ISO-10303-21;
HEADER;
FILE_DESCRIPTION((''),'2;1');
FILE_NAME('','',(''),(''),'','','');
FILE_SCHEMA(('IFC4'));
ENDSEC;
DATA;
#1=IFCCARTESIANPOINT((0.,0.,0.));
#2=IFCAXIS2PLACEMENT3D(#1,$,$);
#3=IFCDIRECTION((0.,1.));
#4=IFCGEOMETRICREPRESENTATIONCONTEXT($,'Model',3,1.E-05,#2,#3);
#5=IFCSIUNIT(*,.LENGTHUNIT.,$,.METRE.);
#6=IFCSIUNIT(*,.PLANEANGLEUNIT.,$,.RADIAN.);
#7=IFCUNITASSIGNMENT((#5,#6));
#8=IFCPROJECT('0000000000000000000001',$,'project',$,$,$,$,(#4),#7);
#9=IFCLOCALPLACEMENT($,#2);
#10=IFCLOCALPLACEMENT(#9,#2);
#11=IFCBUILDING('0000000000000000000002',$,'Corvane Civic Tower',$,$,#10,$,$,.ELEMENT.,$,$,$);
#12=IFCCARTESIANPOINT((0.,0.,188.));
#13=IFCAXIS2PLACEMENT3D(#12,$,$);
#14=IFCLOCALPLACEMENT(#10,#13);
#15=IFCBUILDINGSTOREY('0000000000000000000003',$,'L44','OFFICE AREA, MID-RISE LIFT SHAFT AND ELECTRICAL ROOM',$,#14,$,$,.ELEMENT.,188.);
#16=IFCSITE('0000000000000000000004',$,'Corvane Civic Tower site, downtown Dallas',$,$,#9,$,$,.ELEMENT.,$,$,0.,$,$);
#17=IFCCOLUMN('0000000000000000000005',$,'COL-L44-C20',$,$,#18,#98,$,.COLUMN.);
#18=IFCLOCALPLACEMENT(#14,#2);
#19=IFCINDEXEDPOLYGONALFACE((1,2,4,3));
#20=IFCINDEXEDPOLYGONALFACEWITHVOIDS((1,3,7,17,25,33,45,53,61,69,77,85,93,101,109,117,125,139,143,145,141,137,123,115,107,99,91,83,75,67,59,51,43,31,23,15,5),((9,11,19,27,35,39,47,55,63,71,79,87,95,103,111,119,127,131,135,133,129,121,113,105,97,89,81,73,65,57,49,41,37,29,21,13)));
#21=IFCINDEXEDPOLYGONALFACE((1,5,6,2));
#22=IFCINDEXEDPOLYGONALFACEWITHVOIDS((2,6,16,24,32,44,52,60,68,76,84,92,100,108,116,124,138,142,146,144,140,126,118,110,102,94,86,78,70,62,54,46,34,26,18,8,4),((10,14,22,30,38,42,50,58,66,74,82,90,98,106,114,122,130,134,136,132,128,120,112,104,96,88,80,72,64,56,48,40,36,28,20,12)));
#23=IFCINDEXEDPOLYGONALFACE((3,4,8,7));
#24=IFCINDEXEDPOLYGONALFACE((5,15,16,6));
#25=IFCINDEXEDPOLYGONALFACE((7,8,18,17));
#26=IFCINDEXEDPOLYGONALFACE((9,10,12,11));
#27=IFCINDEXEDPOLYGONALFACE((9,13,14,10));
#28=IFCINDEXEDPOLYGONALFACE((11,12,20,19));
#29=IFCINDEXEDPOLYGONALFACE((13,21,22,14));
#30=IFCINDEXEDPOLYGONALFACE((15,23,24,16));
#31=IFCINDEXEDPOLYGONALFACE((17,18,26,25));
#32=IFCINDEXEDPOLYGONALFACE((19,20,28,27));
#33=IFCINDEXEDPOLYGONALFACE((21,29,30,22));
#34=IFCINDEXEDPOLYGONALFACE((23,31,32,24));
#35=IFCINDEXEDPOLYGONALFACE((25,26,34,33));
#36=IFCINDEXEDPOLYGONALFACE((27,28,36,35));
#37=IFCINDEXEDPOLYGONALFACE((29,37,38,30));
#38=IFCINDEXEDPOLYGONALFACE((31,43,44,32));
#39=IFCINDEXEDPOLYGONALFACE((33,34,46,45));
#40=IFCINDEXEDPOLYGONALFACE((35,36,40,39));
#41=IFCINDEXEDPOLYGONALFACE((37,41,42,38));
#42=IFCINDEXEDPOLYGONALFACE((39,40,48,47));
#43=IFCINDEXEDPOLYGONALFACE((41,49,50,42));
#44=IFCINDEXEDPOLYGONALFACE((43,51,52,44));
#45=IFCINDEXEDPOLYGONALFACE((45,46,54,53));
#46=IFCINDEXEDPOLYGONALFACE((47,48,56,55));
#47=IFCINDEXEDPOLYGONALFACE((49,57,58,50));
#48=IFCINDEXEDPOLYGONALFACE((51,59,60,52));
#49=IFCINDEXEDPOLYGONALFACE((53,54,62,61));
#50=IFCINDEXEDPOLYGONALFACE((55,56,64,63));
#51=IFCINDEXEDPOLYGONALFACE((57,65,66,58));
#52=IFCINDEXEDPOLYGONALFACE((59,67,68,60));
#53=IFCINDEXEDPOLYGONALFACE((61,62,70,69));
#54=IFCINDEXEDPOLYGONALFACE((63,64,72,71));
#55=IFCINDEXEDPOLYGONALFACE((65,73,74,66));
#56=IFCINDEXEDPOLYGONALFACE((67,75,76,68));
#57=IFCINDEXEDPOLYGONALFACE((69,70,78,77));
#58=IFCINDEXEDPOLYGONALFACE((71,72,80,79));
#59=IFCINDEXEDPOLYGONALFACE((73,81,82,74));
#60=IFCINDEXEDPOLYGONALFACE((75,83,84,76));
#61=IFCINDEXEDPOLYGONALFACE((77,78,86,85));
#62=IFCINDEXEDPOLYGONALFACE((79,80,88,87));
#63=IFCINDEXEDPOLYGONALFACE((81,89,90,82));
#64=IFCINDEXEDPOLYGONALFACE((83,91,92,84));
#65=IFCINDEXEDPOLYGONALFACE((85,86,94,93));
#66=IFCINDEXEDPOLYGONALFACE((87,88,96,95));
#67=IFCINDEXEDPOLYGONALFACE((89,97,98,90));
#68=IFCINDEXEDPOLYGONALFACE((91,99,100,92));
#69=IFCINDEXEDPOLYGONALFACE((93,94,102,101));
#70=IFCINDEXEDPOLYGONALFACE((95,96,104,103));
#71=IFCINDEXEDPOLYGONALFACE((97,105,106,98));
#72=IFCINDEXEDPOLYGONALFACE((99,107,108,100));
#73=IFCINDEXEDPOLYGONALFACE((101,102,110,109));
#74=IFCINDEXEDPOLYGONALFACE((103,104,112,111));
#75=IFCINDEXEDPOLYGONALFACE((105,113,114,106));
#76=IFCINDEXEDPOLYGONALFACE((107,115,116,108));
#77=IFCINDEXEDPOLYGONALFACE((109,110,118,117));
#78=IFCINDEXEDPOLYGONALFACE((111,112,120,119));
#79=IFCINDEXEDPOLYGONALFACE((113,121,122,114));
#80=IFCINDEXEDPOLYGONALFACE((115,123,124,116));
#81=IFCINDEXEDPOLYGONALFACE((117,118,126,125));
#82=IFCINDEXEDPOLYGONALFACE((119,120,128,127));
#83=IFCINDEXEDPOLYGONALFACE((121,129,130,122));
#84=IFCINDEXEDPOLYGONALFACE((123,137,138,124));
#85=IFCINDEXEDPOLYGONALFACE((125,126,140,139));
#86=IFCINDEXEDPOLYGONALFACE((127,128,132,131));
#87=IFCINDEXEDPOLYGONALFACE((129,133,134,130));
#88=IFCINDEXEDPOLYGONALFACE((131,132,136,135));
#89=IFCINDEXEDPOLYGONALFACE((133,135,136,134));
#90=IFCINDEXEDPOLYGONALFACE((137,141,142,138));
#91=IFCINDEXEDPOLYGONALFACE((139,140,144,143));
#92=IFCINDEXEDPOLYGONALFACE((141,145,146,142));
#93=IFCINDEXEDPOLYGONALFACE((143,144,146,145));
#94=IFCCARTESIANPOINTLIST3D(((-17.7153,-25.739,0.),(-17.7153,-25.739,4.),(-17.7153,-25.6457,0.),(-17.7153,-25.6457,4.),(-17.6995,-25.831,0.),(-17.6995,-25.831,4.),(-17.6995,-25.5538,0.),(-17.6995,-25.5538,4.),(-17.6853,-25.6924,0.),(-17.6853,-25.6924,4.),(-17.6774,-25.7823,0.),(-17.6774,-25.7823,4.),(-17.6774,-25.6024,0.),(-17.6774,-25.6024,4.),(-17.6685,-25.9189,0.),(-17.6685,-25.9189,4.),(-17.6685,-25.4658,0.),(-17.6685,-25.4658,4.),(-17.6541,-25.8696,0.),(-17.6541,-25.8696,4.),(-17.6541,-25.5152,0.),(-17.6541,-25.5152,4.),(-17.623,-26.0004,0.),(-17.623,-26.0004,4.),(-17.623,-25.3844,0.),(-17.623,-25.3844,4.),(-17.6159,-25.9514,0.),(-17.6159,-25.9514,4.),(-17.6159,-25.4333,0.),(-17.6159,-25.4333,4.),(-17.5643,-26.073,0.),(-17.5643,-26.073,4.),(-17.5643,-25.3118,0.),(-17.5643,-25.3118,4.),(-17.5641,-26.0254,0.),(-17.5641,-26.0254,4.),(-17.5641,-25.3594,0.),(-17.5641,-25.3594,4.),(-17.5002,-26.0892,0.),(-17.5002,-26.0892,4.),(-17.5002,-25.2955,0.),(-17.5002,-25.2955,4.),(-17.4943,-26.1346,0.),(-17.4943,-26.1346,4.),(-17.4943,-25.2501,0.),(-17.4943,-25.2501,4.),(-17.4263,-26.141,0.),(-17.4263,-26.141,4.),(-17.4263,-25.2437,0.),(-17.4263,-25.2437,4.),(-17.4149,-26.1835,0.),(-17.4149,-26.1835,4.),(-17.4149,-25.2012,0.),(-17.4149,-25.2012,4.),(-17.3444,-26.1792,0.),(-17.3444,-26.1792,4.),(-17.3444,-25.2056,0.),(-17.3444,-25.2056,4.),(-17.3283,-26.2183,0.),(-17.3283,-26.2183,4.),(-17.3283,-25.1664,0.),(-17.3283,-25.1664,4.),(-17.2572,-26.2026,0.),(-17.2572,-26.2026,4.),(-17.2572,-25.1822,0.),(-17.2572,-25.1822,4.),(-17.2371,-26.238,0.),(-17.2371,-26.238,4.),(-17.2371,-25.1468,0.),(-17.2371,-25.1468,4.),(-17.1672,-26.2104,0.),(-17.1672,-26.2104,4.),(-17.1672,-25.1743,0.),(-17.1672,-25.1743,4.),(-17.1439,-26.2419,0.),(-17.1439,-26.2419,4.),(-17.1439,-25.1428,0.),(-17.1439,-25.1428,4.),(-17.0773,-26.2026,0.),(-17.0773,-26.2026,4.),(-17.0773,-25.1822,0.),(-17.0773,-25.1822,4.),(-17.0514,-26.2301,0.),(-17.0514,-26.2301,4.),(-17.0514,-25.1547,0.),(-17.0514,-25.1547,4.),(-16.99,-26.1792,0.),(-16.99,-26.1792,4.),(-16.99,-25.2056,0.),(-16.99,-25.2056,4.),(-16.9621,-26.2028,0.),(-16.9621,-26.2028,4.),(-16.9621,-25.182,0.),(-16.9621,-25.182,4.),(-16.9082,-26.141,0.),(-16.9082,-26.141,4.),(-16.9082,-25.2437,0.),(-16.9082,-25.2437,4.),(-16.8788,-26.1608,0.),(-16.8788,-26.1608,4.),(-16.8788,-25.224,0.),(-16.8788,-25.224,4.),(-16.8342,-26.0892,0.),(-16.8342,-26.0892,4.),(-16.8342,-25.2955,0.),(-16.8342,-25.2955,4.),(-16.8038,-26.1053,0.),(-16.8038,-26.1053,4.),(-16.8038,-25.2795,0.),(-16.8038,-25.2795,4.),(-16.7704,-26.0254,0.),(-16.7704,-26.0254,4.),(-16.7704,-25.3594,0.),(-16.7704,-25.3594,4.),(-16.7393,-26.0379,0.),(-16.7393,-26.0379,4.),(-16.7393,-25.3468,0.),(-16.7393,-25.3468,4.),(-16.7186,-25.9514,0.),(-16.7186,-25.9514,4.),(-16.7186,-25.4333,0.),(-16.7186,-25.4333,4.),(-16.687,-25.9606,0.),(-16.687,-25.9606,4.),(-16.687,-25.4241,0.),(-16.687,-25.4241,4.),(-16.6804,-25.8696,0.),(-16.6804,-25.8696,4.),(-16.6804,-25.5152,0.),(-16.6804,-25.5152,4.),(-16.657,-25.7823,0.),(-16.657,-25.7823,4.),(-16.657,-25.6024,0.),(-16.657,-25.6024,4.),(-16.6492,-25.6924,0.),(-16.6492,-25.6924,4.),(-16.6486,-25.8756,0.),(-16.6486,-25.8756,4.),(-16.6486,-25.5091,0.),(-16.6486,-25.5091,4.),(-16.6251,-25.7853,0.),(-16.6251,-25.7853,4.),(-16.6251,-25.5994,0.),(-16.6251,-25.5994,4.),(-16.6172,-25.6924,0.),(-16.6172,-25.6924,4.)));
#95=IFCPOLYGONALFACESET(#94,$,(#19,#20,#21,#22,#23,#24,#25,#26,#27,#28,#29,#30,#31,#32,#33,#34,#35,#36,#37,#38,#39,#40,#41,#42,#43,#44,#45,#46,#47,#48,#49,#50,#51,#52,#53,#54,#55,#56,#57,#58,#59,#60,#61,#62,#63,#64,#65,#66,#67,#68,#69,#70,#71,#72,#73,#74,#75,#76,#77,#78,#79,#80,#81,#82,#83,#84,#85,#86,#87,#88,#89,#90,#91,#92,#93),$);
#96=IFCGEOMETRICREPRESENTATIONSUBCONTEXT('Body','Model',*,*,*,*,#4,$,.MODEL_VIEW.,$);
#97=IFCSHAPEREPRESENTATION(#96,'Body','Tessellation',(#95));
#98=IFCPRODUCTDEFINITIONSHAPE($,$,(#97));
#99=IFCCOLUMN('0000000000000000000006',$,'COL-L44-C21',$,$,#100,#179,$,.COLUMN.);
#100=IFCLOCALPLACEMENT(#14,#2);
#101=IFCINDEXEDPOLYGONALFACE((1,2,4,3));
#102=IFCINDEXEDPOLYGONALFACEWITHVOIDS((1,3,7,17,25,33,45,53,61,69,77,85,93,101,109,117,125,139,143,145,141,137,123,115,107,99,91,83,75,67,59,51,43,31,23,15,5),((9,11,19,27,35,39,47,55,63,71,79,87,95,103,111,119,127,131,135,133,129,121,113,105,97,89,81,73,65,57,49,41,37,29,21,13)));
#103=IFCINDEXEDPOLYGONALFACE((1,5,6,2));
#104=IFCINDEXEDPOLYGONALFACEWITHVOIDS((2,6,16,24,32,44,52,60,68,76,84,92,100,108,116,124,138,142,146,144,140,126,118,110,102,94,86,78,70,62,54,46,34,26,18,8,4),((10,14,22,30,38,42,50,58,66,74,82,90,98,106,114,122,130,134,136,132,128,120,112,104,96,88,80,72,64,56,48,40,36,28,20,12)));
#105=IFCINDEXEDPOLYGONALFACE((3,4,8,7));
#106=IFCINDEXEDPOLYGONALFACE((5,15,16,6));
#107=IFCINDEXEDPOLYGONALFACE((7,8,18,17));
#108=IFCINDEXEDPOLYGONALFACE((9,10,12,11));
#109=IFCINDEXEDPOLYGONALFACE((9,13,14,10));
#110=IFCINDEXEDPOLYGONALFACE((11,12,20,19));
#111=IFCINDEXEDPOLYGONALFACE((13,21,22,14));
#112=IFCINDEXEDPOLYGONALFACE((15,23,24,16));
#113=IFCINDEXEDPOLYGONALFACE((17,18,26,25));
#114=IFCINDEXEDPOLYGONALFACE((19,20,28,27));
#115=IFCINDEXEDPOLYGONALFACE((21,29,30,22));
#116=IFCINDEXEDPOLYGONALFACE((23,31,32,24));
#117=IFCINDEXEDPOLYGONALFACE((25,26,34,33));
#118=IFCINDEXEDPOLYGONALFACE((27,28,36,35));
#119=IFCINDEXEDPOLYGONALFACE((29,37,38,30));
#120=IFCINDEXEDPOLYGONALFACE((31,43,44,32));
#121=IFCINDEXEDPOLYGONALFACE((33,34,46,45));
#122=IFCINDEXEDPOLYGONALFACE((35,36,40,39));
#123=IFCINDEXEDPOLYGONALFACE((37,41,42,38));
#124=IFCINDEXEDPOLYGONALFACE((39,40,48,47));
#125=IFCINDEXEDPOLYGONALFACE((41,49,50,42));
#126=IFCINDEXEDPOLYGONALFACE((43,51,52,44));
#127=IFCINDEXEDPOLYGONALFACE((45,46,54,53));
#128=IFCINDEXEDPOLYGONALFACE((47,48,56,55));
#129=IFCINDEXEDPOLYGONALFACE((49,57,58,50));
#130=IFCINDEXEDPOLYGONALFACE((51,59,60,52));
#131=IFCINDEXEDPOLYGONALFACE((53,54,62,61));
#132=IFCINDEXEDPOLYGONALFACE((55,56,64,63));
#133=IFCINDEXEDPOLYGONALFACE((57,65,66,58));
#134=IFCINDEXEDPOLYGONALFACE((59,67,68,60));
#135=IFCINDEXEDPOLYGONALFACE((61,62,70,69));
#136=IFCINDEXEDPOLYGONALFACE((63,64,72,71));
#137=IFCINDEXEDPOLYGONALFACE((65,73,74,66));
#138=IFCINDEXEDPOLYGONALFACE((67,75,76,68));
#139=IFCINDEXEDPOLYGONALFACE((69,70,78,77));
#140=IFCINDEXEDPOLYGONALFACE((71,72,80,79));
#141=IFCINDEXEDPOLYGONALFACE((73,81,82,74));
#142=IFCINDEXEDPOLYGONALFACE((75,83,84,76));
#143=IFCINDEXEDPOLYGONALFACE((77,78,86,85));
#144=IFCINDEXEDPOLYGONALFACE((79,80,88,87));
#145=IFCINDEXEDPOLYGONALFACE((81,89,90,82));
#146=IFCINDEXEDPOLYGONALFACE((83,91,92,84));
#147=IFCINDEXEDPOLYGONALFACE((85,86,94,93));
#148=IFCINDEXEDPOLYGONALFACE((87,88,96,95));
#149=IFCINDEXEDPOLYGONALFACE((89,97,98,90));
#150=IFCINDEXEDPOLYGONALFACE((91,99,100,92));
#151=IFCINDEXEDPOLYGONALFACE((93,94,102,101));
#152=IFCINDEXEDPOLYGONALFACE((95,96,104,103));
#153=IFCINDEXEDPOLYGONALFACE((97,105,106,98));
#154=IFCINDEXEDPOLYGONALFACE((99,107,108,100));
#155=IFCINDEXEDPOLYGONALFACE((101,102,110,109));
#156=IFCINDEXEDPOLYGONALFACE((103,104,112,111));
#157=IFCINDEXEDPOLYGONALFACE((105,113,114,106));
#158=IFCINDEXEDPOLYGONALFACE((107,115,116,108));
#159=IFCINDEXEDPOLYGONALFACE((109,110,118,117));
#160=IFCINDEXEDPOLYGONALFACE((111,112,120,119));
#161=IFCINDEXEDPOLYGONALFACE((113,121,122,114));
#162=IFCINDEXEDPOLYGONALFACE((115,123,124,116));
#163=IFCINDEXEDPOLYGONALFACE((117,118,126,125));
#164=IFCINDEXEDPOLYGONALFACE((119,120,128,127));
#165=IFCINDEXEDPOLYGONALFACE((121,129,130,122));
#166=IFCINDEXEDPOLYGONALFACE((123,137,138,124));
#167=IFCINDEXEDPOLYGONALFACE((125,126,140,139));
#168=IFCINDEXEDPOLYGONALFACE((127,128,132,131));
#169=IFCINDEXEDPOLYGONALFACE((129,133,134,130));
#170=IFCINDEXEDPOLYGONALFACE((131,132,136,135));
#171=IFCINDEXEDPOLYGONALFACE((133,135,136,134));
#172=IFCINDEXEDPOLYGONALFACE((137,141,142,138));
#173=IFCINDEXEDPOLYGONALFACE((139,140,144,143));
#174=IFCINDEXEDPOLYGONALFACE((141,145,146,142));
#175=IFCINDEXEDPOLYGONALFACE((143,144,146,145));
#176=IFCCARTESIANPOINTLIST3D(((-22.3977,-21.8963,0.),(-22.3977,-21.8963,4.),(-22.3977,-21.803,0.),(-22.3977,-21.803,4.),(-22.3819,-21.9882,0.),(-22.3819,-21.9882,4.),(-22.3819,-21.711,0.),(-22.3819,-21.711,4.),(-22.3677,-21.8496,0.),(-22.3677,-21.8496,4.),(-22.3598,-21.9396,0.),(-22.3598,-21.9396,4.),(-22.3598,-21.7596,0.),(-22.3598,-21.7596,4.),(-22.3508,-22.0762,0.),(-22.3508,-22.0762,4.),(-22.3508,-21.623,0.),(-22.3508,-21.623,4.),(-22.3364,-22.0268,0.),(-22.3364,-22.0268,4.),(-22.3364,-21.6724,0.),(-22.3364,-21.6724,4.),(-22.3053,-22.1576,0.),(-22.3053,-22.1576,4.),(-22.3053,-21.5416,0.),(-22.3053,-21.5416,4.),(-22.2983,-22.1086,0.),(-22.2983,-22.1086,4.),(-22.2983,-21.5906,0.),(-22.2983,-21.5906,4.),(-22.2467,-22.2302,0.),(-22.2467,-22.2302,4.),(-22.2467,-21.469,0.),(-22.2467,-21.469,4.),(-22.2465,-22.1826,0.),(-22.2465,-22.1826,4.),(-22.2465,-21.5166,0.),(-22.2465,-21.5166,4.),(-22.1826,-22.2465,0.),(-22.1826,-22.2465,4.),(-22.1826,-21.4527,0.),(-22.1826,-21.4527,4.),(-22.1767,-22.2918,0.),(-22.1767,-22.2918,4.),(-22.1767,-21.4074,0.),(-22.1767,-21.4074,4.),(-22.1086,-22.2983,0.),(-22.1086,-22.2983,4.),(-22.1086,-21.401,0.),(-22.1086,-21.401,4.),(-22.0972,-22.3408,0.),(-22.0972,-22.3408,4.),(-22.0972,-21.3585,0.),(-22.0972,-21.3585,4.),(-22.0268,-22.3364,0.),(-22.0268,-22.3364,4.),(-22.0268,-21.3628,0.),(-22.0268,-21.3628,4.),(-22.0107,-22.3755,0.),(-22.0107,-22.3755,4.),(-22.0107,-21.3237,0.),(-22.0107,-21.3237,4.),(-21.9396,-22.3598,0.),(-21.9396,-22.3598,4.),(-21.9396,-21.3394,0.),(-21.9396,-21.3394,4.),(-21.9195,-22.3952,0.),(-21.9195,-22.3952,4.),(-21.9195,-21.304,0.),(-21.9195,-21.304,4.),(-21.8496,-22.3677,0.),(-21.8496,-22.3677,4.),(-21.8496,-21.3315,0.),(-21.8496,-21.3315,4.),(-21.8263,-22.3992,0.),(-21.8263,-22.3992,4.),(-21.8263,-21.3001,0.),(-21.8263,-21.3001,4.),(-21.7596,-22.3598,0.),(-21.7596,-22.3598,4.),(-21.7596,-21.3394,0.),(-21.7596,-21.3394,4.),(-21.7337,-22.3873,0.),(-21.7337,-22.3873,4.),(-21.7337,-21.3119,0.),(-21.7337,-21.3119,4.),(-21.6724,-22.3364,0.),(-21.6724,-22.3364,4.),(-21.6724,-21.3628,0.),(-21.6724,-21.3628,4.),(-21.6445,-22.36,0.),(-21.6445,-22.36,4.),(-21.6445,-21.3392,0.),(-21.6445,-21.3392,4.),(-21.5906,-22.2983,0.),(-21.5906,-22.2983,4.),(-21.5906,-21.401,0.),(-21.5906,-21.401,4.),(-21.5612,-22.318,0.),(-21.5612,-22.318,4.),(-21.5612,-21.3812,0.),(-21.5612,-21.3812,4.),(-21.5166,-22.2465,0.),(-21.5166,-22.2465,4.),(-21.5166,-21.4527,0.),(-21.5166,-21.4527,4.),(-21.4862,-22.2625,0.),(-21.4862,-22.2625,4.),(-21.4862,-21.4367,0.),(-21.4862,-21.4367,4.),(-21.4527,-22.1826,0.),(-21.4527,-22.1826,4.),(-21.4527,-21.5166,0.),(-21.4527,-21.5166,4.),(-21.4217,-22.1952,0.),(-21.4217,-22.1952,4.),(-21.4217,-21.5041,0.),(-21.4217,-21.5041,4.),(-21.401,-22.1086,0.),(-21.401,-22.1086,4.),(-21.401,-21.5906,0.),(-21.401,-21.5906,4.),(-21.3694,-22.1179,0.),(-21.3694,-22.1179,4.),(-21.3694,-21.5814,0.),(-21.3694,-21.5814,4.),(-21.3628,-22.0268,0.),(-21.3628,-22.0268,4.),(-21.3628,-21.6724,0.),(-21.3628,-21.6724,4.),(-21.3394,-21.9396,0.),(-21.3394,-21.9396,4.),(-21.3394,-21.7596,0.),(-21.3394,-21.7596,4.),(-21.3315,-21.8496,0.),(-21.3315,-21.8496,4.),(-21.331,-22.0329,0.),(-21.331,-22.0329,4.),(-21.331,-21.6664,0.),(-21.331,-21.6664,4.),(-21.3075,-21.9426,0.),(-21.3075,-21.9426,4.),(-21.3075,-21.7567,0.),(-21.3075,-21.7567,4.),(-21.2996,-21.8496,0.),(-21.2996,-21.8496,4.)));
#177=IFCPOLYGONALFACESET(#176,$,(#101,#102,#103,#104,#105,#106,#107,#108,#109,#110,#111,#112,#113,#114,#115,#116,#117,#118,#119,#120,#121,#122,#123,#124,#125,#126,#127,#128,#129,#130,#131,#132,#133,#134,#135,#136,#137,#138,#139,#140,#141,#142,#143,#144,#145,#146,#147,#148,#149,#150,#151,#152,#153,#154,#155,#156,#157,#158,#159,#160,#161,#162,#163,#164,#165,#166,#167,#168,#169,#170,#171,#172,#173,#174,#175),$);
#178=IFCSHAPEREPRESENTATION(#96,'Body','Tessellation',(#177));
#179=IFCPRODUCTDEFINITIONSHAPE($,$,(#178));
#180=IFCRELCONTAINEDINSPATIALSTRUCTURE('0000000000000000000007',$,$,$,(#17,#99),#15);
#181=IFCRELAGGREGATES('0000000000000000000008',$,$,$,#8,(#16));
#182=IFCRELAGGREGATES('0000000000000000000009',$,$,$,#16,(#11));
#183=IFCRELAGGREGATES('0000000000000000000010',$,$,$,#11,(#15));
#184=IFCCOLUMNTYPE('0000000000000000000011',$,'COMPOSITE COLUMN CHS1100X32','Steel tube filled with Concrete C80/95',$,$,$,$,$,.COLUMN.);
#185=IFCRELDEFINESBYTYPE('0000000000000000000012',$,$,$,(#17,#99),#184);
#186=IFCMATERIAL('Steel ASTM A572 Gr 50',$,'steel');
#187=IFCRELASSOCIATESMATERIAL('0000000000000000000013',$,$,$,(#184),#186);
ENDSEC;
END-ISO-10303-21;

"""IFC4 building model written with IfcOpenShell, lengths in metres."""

from ifc_helpers import new_model, si_unit, direction, frame, origin, origin_2d, place, context, subcontext, project, spatial, hollow_circle, extrude, material, material_profile, profile_set, type_object, element, save


model = new_model("IFC4")

# Units and contexts
model_context = context("Model", 3, precision=1e-05, world=origin(), true_north=direction((0.0, 1.0)))
body_context = subcontext(model_context, "Body", "Model", "MODEL_VIEW")
ifc_project = project(units=[si_unit("LENGTHUNIT", "METRE"), si_unit("PLANEANGLEUNIT", "RADIAN")], contexts=[model_context])

# Site, building, storey
site_placement = place(None, origin())
site = spatial("IfcSite", under=ifc_project, at=site_placement, Name="Corvane Civic Tower site, downtown Dallas", CompositionType="ELEMENT", RefElevation=0.0)
building_placement = place(site_placement, origin())
building = spatial("IfcBuilding", under=site, at=building_placement, Name="Corvane Civic Tower", CompositionType="ELEMENT")
storey_placement = place(building_placement, frame((0.0, 0.0, 188.0)))
storey = spatial("IfcBuildingStorey", under=building, at=storey_placement, Name="L44", Description="OFFICE AREA, MID-RISE LIFT SHAFT AND ELECTRICAL ROOM", CompositionType="ELEMENT", Elevation=188.0)

# Columns
ifc_material_1 = material(Name="Steel ASTM A572 Gr 50", Category="steel")
ifc_material_profile_1 = material_profile(ifc_material_1, hollow_circle(Radius=0.55, WallThickness=0.032, at=origin_2d()), Name="CHS1100X32")
ifc_profile_set_1 = profile_set([ifc_material_profile_1], Name="Steel ASTM A572 Gr 50")
column_type = type_object("IfcColumnType", Name="COMPOSITE COLUMN CHS1100X32", Description="Steel tube filled with Concrete C80/95", PredefinedType="COLUMN", material=ifc_profile_set_1)
for number, where, z_axis, x_axis, name in (
    (1, (-17.1672, -25.6924, 0.0), (0.0, 0.0, 1.0), (1.0, 0.0, 0.0), "COL-L44-C20"),
    (2, (-21.8496, -21.8496, 0.0), (0.0, 0.0, 1.0), (1.0, 0.0, 0.0), "COL-L44-C21"),
):
    element("IfcColumn", number, at=place(storey_placement, frame(where, z_axis=z_axis, x_axis=x_axis)), inside=storey, type_object=column_type, Name=name, PredefinedType="COLUMN", context=body_context, shape_type="SweptSolid", body=[
        extrude(hollow_circle(Radius=0.55, WallThickness=0.032, at=origin_2d()), origin(), (0.0, 0.0, 1.0), 4.0),
    ])

save(model, "model.ifc")
